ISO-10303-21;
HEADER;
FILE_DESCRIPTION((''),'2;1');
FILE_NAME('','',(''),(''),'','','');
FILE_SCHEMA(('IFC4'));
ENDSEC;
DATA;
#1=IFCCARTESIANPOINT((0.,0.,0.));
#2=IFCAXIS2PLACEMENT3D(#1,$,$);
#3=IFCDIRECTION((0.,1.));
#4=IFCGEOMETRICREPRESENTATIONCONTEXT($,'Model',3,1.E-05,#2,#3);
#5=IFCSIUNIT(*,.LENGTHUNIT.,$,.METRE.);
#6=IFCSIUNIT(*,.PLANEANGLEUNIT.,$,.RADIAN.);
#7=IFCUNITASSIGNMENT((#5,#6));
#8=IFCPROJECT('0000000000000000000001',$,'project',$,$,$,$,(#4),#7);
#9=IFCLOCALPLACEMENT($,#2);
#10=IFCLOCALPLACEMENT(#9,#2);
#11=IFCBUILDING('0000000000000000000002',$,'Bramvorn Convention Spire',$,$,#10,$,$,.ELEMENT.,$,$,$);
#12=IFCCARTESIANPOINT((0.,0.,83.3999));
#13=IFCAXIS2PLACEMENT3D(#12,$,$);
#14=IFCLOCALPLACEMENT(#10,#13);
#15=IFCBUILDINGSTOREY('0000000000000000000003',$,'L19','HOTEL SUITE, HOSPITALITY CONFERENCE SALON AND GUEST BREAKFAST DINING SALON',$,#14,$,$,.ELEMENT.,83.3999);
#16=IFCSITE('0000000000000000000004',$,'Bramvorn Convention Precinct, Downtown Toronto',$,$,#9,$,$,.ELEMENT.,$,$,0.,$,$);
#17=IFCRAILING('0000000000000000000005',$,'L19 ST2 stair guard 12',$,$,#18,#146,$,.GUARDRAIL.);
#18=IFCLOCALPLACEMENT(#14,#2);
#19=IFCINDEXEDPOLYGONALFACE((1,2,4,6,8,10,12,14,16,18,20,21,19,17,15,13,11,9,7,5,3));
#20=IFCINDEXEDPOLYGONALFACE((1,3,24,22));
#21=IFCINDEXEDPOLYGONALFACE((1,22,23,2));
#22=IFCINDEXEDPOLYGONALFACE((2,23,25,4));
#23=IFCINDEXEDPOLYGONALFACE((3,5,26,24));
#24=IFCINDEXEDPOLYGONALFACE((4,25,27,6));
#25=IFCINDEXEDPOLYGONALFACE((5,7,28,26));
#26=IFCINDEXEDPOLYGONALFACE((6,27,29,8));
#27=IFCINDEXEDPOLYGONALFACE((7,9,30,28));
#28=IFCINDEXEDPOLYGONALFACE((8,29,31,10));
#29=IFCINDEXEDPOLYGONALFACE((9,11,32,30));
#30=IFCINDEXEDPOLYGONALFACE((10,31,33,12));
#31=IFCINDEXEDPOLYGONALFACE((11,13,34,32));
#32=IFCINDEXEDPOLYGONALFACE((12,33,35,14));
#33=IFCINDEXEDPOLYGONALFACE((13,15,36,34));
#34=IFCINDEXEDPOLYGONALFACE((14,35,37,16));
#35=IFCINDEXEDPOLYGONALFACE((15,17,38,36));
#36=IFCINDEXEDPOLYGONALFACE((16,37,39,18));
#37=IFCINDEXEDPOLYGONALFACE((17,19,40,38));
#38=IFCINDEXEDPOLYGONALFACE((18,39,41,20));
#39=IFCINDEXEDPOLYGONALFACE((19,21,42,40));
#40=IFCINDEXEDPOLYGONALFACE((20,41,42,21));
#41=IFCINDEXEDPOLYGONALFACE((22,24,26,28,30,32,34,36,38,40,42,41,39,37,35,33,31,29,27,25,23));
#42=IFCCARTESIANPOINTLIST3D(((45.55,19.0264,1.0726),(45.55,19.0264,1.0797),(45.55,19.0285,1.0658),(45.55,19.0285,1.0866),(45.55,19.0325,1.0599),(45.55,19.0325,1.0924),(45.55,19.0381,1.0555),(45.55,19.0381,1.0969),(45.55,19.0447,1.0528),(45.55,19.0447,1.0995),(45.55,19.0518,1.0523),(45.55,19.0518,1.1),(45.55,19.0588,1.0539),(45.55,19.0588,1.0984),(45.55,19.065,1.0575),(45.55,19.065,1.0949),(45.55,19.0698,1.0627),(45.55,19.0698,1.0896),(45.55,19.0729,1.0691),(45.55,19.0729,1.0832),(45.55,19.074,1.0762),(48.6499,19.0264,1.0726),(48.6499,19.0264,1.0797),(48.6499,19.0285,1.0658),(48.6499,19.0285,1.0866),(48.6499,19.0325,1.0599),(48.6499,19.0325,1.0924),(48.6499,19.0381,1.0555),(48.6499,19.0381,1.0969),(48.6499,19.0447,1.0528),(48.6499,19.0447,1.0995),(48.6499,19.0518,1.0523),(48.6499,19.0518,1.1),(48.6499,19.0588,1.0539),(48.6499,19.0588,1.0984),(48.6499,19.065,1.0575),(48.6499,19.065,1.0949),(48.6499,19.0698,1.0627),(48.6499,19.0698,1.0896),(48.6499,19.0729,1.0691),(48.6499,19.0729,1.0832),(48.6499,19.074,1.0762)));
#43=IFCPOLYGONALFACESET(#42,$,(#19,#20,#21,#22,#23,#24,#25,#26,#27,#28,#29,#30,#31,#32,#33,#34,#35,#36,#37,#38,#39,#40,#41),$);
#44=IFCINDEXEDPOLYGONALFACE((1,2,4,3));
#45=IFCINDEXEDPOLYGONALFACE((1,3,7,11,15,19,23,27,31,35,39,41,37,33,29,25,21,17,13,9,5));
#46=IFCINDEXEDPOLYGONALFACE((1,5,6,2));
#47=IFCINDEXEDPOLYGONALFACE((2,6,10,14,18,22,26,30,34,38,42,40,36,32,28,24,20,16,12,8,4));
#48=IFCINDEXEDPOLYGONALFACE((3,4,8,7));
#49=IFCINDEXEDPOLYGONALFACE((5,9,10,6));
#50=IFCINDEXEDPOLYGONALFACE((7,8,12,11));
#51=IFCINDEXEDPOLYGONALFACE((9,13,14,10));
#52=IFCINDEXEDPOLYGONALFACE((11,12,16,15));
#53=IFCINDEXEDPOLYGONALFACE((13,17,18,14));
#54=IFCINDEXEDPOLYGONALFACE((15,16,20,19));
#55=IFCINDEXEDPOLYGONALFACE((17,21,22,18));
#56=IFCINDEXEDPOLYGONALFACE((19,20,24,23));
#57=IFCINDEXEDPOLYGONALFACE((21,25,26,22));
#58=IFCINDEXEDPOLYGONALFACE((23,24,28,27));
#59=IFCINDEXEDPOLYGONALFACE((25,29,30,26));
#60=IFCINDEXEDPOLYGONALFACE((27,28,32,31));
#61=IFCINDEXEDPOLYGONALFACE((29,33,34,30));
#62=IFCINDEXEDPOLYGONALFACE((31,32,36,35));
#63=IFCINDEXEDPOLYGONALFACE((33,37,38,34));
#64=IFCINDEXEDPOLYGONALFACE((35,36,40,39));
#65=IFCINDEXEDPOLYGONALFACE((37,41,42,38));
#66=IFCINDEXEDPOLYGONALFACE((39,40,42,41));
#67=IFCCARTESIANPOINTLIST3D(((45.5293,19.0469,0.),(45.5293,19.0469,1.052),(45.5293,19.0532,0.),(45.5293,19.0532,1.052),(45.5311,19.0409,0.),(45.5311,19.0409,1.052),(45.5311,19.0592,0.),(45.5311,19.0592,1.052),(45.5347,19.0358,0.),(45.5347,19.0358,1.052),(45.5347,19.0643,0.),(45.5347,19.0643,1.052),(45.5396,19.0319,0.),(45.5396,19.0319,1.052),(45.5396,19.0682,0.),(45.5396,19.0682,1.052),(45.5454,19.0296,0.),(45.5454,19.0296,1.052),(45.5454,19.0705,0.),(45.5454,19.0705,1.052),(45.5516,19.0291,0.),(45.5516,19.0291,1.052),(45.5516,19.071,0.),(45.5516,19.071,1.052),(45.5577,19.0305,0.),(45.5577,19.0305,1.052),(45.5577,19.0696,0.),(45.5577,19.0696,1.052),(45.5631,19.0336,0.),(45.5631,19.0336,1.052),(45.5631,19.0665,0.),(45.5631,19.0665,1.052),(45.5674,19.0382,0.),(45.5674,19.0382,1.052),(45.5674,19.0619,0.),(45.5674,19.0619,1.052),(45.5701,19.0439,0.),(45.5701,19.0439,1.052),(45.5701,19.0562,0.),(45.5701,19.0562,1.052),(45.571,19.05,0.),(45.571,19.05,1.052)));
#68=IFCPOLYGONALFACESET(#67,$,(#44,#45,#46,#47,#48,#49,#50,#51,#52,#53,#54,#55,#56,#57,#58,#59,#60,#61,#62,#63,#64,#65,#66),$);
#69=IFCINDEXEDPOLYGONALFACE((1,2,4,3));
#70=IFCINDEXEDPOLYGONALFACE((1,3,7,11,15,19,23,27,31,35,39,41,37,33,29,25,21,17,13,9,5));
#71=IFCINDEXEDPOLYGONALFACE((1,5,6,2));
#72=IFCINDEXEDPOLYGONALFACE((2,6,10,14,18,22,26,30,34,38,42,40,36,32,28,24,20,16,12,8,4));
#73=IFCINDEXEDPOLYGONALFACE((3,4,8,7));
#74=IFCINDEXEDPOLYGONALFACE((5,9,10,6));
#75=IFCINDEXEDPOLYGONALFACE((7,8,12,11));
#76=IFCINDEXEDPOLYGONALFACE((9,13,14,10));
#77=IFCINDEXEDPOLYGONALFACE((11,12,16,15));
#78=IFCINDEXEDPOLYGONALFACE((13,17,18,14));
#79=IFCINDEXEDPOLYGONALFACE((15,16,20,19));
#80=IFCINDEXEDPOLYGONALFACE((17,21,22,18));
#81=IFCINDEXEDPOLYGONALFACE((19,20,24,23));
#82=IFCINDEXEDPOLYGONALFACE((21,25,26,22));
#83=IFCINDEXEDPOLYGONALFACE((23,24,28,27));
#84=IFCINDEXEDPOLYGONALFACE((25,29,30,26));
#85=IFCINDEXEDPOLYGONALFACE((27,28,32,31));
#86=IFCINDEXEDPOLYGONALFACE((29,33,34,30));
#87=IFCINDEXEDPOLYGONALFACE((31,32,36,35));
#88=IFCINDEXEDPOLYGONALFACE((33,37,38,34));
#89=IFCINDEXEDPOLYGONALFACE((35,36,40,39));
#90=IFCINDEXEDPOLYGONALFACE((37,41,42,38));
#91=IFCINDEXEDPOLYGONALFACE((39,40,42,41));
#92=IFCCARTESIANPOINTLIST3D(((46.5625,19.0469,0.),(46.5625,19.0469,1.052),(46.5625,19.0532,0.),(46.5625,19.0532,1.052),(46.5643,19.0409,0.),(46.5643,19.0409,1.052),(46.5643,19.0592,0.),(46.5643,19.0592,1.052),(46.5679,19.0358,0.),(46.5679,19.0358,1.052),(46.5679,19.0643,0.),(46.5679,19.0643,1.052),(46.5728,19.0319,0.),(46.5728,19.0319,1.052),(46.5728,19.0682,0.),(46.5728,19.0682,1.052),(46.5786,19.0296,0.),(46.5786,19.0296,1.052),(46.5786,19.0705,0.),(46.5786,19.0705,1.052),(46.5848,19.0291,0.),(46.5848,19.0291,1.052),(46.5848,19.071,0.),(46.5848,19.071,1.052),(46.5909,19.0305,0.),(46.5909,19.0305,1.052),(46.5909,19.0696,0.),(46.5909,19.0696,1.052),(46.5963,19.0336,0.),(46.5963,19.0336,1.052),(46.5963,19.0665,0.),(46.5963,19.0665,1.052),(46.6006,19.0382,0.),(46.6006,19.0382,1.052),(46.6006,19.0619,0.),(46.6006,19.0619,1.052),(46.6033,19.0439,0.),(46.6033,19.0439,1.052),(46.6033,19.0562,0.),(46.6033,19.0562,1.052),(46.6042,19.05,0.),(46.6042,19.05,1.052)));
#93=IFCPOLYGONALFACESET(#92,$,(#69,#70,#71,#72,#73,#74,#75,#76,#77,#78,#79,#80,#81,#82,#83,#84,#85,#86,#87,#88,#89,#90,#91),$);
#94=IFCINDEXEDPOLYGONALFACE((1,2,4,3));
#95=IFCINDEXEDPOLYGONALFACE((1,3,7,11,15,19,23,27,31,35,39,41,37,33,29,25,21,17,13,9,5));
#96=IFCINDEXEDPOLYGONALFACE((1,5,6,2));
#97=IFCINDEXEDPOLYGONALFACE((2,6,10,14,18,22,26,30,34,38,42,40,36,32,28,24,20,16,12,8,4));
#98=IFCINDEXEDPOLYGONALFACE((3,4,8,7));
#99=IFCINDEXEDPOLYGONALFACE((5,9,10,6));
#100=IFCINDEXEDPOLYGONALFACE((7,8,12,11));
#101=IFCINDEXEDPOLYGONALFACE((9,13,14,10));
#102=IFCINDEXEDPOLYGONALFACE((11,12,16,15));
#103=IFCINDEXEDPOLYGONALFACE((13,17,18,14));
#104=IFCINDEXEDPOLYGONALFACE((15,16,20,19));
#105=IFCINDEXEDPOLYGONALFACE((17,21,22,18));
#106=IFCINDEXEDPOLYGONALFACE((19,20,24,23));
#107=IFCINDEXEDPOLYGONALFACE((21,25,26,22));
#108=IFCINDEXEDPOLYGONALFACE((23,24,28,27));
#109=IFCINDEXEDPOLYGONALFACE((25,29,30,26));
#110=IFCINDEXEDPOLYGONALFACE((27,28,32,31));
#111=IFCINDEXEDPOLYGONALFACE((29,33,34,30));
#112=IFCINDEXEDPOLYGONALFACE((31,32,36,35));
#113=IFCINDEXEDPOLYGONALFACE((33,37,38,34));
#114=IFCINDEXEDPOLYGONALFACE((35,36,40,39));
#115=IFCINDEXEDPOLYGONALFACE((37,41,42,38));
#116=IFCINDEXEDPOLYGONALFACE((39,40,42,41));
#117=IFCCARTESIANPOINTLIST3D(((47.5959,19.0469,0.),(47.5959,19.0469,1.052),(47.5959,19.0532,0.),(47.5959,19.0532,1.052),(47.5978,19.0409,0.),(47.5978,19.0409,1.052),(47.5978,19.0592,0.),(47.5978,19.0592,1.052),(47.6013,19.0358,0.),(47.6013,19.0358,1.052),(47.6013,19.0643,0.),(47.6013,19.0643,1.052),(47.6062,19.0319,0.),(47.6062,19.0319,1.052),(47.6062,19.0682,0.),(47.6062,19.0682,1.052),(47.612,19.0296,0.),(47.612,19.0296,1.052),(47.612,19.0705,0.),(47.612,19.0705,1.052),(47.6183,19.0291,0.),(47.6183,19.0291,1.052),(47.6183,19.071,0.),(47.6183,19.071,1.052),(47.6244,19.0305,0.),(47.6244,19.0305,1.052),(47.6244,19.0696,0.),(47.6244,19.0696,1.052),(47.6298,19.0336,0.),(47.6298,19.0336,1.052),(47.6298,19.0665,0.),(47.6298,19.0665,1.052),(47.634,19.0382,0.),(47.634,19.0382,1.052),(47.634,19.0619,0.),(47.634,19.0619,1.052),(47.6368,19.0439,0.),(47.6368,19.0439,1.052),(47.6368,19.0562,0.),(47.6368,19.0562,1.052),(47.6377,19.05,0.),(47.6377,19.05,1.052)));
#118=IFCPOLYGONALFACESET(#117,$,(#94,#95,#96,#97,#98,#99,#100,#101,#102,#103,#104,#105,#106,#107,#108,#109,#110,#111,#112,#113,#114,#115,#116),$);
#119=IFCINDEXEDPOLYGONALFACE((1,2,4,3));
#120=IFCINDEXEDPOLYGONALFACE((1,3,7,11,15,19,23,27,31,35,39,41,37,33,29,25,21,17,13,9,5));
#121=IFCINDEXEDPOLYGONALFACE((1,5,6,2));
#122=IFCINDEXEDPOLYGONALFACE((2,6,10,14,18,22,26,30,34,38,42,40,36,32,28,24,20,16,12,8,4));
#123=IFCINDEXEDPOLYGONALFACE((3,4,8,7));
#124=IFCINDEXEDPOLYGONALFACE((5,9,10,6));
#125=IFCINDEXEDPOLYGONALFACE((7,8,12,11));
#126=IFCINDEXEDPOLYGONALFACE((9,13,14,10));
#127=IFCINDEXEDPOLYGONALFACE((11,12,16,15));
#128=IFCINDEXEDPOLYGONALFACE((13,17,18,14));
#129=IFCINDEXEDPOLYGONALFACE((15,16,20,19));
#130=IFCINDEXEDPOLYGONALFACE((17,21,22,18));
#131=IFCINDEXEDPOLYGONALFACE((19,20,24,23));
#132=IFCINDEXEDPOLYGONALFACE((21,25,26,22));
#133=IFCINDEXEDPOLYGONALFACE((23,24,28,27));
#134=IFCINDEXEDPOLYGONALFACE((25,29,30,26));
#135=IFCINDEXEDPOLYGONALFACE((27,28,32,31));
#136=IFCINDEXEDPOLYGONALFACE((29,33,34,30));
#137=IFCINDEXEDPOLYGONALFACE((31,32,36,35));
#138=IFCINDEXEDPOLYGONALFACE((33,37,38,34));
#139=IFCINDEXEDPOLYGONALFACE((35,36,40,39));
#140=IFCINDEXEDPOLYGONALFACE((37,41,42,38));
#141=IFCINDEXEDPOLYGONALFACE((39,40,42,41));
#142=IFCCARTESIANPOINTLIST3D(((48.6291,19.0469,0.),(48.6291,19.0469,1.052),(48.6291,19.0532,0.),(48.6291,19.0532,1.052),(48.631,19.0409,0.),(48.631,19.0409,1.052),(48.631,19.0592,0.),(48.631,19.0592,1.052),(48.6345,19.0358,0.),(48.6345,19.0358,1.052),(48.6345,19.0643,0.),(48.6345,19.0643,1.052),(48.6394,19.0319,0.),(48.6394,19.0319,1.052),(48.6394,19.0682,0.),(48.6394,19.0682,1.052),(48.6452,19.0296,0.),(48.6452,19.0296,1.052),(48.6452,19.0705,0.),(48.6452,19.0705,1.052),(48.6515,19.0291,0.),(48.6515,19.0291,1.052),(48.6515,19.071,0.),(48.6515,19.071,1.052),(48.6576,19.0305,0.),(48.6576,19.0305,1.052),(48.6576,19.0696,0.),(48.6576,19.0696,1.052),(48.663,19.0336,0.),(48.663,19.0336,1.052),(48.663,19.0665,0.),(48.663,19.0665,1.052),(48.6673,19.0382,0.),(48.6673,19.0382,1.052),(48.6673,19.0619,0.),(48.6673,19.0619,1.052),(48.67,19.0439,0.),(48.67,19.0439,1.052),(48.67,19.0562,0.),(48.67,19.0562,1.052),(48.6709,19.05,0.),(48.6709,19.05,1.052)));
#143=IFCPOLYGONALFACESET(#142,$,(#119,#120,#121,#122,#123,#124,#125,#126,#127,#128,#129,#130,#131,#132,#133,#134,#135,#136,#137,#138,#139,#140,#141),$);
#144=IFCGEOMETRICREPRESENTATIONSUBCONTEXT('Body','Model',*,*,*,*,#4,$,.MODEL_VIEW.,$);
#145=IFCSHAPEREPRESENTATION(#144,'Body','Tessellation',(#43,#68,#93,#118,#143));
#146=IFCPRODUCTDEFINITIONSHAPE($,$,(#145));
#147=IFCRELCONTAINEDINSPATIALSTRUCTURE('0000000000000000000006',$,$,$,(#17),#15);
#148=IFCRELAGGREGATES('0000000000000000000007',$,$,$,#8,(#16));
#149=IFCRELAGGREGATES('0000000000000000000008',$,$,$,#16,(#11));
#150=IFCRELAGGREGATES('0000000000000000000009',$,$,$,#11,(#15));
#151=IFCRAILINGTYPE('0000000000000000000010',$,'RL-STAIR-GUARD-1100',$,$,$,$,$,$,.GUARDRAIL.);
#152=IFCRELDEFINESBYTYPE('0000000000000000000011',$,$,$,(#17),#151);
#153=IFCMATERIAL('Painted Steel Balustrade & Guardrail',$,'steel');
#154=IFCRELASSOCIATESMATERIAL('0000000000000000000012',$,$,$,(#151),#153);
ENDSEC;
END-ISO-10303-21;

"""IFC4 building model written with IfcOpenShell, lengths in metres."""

from ifc_helpers import new_model, si_unit, direction, frame, origin, origin_2d, place, context, subcontext, project, spatial, circle, extrude, material, type_object, element, save


model = new_model("IFC4")

# Units and contexts
model_context = context("Model", 3, precision=1e-05, world=origin(), true_north=direction((0.0, 1.0)))
body_context = subcontext(model_context, "Body", "Model", "MODEL_VIEW")
ifc_project = project(units=[si_unit("LENGTHUNIT", "METRE"), si_unit("PLANEANGLEUNIT", "RADIAN")], contexts=[model_context])

# Site, building, storey
site_placement = place(None, origin())
site = spatial("IfcSite", under=ifc_project, at=site_placement, Name="Bramvorn Convention Precinct, Downtown Toronto", CompositionType="ELEMENT", RefElevation=0.0)
building_placement = place(site_placement, origin())
building = spatial("IfcBuilding", under=site, at=building_placement, Name="Bramvorn Convention Spire", CompositionType="ELEMENT")
storey_placement = place(building_placement, frame((0.0, 0.0, 83.3999)))
storey = spatial("IfcBuildingStorey", under=building, at=storey_placement, Name="L19", Description="HOTEL SUITE, HOSPITALITY CONFERENCE SALON AND GUEST BREAKFAST DINING SALON", CompositionType="ELEMENT", Elevation=83.3999)

# Railing
ifc_material_1 = material(Name="Painted Steel Balustrade & Guardrail", Category="steel")
railing_type = type_object("IfcRailingType", Name="RL-STAIR-GUARD-1100", PredefinedType="GUARDRAIL", material=ifc_material_1)
railing_1_placement = place(storey_placement, frame((45.55, 19.05, 0.0)))
element("IfcRailing", 1, at=railing_1_placement, inside=storey, type_object=railing_type, Name="L19 ST2 stair guard 12", PredefinedType="GUARDRAIL", context=body_context, shape_type="SweptSolid", body=[
    extrude(circle(Radius=0.0239, at=origin_2d()), frame((0.0, 0.0, 1.0762), z_axis=(1.0, 0.0, 0.0), x_axis=(0.0, 1.0, 0.0)), (0.0, 0.0, 1.0), 3.0999),
    extrude(circle(Radius=0.021, at=origin_2d()), origin(), (0.0, 0.0, 1.0), 1.052),
    extrude(circle(Radius=0.021, at=origin_2d()), frame((1.0332, 0.0, 0.0)), (0.0, 0.0, 1.0), 1.052),
    extrude(circle(Radius=0.021, at=origin_2d()), frame((2.0667, 0.0, 0.0)), (0.0, 0.0, 1.0), 1.052),
    extrude(circle(Radius=0.021, at=origin_2d()), frame((3.0999, 0.0, 0.0)), (0.0, 0.0, 1.0), 1.052),
])

save(model, "model.ifc")
